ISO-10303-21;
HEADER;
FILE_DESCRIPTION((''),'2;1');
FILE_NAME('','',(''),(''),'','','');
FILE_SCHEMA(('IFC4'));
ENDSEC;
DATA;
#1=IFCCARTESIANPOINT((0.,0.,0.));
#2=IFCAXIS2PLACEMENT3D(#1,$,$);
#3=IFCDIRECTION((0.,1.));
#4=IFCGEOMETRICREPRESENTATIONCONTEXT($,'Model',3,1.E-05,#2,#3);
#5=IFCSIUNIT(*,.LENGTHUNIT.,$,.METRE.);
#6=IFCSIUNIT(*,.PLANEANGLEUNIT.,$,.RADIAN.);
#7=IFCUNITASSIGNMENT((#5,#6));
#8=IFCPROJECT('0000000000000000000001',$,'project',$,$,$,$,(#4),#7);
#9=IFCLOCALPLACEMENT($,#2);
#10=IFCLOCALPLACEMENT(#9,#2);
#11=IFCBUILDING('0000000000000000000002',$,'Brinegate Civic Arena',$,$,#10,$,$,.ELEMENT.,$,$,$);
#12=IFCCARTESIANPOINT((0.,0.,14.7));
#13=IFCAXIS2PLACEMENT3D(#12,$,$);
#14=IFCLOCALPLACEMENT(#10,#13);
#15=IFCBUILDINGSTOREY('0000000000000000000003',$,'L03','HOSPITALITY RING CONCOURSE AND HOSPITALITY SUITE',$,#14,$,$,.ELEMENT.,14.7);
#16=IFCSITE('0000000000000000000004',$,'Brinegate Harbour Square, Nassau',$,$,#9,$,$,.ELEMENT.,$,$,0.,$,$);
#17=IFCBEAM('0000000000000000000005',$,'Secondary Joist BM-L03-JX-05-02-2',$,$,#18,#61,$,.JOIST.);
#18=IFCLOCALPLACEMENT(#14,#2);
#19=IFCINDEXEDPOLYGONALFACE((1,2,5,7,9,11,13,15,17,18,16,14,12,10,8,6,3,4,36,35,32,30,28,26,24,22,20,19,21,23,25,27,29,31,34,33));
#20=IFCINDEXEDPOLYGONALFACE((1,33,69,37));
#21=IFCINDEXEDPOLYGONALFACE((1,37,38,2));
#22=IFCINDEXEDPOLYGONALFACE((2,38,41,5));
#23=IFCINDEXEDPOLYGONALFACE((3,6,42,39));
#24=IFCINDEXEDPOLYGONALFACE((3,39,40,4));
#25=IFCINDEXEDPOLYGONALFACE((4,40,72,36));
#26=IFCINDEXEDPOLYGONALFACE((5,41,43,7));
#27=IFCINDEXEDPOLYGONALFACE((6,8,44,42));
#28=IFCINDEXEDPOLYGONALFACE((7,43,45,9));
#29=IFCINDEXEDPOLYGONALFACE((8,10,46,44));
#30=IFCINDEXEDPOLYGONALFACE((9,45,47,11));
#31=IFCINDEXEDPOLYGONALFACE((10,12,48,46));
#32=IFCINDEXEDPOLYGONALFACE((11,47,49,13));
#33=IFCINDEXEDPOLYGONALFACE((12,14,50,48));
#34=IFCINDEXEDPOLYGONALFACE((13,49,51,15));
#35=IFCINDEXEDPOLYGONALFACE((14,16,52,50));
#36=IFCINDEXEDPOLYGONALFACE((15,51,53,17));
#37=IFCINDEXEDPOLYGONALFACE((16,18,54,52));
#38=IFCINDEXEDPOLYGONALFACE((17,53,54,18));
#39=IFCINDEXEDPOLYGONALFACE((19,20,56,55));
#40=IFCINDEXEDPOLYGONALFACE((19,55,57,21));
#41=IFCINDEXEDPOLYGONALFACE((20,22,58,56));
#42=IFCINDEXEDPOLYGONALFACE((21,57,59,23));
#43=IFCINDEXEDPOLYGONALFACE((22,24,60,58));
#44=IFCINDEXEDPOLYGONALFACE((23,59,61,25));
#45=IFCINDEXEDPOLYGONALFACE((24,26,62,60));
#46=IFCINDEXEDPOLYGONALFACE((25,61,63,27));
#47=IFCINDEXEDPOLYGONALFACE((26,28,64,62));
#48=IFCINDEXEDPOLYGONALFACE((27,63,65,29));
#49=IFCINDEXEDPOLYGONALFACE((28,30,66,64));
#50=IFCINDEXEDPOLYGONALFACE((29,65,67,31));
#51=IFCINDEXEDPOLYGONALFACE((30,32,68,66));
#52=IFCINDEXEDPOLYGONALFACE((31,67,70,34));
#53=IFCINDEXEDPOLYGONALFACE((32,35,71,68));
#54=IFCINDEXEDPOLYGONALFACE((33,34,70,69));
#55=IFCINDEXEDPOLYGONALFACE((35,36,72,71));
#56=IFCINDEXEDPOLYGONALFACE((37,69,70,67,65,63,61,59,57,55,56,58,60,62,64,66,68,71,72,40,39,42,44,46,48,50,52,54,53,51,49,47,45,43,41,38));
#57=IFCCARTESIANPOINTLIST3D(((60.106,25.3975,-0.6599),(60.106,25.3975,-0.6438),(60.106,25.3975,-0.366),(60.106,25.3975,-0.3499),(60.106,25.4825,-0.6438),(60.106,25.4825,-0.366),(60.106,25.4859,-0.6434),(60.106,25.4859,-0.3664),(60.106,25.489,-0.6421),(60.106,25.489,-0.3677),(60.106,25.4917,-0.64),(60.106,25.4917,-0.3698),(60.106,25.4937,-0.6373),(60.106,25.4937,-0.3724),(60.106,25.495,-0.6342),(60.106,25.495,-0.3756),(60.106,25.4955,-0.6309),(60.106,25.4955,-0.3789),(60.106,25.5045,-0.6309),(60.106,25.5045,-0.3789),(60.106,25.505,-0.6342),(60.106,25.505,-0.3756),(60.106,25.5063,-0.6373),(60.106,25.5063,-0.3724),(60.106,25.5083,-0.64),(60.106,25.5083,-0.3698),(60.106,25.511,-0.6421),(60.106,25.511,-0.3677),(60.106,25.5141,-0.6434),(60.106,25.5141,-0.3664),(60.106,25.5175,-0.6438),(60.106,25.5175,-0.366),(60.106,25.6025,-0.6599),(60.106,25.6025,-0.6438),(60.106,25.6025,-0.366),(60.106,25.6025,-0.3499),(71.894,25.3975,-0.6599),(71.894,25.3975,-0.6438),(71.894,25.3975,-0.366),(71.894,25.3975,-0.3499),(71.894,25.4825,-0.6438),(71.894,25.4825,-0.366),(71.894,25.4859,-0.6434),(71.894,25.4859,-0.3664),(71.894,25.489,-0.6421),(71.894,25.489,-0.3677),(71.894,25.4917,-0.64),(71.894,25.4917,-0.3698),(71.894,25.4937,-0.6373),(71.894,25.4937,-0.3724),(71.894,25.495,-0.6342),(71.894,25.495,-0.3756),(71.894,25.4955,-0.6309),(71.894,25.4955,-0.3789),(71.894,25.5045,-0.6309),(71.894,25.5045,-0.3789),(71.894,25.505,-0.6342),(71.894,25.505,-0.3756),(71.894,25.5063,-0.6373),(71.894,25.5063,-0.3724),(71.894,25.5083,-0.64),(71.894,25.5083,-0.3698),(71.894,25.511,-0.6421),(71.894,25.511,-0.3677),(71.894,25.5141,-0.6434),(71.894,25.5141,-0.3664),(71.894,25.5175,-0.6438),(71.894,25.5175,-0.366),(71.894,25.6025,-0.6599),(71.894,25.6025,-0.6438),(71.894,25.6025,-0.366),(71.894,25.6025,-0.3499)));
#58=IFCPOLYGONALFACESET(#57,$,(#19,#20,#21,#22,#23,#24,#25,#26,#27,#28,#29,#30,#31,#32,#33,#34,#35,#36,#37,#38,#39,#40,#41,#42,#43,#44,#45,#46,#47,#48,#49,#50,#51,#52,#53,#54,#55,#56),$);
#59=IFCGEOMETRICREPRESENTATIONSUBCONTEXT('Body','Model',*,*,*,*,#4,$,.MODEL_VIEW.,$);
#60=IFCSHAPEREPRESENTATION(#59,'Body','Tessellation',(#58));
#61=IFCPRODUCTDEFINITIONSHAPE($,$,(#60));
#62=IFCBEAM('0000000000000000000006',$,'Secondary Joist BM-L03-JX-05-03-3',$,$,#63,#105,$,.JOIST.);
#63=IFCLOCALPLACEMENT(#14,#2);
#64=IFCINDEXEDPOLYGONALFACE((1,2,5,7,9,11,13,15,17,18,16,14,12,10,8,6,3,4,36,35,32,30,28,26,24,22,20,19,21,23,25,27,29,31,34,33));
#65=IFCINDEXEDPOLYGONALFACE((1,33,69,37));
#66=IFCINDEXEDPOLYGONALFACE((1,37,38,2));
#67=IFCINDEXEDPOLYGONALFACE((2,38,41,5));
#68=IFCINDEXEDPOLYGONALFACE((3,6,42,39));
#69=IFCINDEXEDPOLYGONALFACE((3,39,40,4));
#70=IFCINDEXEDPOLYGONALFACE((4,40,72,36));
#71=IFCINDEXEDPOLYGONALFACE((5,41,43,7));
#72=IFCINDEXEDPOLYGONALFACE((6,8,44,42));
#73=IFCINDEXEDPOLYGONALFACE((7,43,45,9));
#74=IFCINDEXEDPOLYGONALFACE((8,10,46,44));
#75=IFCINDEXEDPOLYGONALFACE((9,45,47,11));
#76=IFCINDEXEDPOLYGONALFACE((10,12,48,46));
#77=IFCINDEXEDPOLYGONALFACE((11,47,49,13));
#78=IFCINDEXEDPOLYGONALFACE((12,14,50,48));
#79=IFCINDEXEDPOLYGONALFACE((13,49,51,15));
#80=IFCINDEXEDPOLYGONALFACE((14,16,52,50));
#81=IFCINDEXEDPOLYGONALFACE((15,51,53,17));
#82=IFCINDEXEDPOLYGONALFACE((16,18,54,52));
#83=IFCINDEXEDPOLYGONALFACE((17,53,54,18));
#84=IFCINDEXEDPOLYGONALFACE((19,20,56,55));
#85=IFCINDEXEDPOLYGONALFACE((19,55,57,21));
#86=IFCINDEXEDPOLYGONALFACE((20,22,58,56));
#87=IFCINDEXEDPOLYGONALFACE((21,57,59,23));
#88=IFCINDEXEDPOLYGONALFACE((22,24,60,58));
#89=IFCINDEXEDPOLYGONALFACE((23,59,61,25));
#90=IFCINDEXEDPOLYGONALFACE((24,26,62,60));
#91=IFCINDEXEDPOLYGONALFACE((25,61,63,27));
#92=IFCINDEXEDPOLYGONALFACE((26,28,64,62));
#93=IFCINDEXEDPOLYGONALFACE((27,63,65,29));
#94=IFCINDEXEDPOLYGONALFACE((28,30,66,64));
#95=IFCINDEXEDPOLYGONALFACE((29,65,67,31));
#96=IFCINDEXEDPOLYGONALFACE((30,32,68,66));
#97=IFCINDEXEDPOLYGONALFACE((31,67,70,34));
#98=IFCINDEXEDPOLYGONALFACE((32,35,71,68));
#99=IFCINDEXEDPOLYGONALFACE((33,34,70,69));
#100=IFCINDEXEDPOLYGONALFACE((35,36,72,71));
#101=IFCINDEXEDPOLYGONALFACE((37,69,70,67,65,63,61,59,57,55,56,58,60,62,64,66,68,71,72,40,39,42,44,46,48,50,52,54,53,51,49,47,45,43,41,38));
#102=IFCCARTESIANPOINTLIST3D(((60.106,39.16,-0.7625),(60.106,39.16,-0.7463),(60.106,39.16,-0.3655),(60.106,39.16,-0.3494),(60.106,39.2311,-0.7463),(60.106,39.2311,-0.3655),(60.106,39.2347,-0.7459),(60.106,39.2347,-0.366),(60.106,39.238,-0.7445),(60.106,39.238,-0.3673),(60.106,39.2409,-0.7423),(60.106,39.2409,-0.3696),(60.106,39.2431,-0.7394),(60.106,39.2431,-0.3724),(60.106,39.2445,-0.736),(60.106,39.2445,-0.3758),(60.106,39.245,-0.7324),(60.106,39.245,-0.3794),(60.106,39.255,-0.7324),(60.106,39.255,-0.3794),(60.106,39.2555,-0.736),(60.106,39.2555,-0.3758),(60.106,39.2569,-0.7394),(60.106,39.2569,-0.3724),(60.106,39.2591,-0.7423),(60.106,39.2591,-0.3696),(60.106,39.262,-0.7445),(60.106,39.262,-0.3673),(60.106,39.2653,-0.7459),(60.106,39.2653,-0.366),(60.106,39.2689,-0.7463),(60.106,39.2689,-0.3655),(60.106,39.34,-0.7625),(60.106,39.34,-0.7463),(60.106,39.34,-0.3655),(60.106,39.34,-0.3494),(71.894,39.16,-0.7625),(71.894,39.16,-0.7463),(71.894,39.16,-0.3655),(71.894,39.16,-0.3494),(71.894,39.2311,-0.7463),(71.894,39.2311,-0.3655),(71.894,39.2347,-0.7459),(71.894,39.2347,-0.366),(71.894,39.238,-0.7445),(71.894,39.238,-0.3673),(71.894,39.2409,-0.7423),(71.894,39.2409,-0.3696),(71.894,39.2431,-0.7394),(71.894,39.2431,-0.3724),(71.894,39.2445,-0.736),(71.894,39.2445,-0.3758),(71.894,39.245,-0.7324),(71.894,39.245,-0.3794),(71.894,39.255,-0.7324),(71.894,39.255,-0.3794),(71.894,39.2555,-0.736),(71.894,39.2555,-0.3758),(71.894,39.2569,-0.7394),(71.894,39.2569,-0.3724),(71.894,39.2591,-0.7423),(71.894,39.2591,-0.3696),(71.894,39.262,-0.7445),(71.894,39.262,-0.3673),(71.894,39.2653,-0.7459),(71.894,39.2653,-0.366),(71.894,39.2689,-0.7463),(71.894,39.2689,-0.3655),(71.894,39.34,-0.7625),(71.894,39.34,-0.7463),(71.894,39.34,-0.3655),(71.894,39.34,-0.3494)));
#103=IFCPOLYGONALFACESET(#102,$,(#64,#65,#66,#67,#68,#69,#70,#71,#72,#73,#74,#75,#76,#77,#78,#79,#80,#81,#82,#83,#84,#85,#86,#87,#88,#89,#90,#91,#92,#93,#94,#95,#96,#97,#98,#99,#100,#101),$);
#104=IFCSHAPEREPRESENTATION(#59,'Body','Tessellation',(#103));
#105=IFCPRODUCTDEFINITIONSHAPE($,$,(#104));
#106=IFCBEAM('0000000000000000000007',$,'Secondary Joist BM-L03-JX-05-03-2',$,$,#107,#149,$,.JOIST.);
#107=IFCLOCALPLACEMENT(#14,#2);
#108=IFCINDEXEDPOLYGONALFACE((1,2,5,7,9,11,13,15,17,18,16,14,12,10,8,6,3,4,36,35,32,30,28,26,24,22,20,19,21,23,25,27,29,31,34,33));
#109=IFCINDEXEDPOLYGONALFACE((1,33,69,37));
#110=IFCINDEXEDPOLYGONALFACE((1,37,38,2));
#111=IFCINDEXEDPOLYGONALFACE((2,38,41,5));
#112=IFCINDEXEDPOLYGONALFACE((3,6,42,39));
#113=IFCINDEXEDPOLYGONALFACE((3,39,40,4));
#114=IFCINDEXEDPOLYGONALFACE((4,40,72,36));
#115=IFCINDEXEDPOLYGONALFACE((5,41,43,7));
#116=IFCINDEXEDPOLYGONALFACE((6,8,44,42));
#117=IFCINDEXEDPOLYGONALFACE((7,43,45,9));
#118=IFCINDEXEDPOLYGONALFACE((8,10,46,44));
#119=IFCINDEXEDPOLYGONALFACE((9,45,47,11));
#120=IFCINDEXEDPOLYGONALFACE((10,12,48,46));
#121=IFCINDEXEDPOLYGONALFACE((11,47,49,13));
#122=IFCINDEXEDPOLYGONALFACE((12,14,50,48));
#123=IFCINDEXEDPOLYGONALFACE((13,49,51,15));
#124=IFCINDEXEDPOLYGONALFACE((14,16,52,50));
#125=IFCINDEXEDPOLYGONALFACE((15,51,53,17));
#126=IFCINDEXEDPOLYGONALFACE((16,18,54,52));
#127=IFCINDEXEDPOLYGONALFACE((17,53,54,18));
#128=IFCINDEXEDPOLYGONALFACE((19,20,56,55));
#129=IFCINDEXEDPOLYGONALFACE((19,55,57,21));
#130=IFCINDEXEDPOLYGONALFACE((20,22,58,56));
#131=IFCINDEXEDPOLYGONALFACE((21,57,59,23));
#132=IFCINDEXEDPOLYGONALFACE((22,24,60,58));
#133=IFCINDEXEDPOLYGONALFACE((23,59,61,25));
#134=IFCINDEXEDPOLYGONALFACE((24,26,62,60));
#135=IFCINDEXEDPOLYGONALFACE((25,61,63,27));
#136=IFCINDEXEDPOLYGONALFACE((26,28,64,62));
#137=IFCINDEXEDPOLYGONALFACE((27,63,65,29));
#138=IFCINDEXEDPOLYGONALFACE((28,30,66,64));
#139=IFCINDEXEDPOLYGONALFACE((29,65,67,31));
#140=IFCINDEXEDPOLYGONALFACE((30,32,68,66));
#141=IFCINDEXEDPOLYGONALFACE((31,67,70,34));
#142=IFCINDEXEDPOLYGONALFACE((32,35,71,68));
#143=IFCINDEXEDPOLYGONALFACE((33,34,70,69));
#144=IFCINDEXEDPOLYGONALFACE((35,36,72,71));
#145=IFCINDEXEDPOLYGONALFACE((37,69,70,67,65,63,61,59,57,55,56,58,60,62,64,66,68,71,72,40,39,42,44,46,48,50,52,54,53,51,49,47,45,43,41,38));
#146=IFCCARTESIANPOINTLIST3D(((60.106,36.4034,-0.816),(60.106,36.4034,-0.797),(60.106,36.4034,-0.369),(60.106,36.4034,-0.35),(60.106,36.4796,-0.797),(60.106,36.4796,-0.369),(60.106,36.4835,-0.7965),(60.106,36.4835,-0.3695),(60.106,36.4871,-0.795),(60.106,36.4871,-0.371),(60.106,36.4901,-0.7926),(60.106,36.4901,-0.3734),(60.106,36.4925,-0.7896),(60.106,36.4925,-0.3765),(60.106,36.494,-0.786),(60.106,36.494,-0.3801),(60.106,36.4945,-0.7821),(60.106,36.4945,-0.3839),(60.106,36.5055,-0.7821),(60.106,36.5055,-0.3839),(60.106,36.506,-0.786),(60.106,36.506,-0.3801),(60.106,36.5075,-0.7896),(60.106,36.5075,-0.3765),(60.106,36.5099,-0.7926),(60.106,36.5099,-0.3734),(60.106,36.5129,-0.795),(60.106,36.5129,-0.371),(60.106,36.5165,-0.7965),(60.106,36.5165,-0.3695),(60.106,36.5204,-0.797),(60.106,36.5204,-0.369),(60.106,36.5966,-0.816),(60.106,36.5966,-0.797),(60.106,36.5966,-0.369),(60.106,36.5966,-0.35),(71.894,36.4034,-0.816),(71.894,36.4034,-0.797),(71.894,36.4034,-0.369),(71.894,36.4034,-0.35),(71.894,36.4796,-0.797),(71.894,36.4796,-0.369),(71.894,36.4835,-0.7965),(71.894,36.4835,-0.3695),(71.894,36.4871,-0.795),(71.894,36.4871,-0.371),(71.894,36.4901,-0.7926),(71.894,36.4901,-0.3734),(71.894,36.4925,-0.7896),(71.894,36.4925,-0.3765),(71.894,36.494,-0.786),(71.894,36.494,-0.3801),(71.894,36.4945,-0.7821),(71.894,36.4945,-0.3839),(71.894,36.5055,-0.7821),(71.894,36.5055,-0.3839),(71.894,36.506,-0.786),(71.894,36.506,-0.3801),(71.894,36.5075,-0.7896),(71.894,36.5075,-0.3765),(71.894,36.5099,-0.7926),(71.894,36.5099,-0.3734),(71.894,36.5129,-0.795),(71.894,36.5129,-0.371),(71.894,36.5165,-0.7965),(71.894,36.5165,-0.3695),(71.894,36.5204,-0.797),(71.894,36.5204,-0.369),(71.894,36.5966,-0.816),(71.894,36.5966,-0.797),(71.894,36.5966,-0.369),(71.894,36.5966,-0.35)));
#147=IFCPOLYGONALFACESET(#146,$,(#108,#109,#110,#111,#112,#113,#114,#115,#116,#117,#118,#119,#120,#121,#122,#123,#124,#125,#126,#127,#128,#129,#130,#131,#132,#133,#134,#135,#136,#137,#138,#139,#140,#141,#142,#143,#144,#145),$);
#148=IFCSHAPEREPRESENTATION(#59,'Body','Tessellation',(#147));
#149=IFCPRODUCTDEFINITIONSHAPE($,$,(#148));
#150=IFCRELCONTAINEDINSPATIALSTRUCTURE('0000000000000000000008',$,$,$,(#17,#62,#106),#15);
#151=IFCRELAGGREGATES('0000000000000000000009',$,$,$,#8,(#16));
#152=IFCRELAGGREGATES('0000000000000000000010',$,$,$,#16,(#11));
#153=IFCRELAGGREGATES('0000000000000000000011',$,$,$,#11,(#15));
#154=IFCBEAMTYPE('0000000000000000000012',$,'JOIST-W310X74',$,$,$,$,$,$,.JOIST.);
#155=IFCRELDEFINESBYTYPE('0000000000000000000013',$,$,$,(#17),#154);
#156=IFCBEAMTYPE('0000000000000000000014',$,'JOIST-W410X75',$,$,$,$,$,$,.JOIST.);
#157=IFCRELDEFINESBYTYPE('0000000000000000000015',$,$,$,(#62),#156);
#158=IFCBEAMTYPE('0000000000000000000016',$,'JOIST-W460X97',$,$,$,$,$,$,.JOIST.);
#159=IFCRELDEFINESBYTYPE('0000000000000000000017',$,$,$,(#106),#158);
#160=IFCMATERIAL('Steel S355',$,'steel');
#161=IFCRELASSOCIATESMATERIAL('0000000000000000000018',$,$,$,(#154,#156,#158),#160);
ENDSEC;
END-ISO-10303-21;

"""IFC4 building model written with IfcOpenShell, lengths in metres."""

from ifc_helpers import new_model, si_unit, direction, frame, origin, origin_2d, place, context, subcontext, project, spatial, i_section, extrude, material, material_profile, profile_set, type_object, element, save


model = new_model("IFC4")

# Units and contexts
model_context = context("Model", 3, precision=1e-05, world=origin(), true_north=direction((0.0, 1.0)))
body_context = subcontext(model_context, "Body", "Model", "MODEL_VIEW")
ifc_project = project(units=[si_unit("LENGTHUNIT", "METRE"), si_unit("PLANEANGLEUNIT", "RADIAN")], contexts=[model_context])

# Site, building, storey
site_placement = place(None, origin())
site = spatial("IfcSite", under=ifc_project, at=site_placement, Name="Brinegate Harbour Square, Nassau", CompositionType="ELEMENT", RefElevation=0.0)
building_placement = place(site_placement, origin())
building = spatial("IfcBuilding", under=site, at=building_placement, Name="Brinegate Civic Arena", CompositionType="ELEMENT")
storey_placement = place(building_placement, frame((0.0, 0.0, 14.7)))
storey = spatial("IfcBuildingStorey", under=building, at=storey_placement, Name="L03", Description="HOSPITALITY RING CONCOURSE AND HOSPITALITY SUITE", CompositionType="ELEMENT", Elevation=14.7)

# Beams
ifc_material_1 = material(Name="Steel S355", Category="steel")
ifc_material_profile_1 = material_profile(ifc_material_1, i_section(OverallWidth=0.2051, OverallDepth=0.3101, WebThickness=0.009, FlangeThickness=0.0161, FilletRadius=0.0129, at=origin_2d()), Name="W310X74")
ifc_profile_set_1 = profile_set([ifc_material_profile_1], Name="Steel S355")
beam_type_1 = type_object("IfcBeamType", Name="JOIST-W310X74", PredefinedType="JOIST", material=ifc_profile_set_1)
beam_1_placement = place(storey_placement, frame((60.106, 25.5, -0.5049), z_axis=(1.0, 0.0, 0.0), x_axis=(0.0, 1.0, 0.0)))
element("IfcBeam", 1, at=beam_1_placement, inside=storey, type_object=beam_type_1, Name="Secondary Joist BM-L03-JX-05-02-2", PredefinedType="JOIST", context=body_context, shape_type="SweptSolid", body=[
    extrude(i_section(OverallWidth=0.2051, OverallDepth=0.3101, WebThickness=0.009, FlangeThickness=0.0161, FilletRadius=0.0129, at=origin_2d()), origin(), (0.0, 0.0, 1.0), 11.7881),
])
ifc_material_profile_2 = material_profile(ifc_material_1, i_section(OverallWidth=0.1799, OverallDepth=0.4131, WebThickness=0.01, FlangeThickness=0.0161, FilletRadius=0.0139, at=origin_2d()), Name="W410X75")
ifc_profile_set_2 = profile_set([ifc_material_profile_2], Name="Steel S355")
beam_type_2 = type_object("IfcBeamType", Name="JOIST-W410X75", PredefinedType="JOIST", material=ifc_profile_set_2)
beam_2_placement = place(storey_placement, frame((60.106, 39.25, -0.5559), z_axis=(1.0, 0.0, 0.0), x_axis=(0.0, 1.0, 0.0)))
element("IfcBeam", 2, at=beam_2_placement, inside=storey, type_object=beam_type_2, Name="Secondary Joist BM-L03-JX-05-03-3", PredefinedType="JOIST", context=body_context, shape_type="SweptSolid", body=[
    extrude(i_section(OverallWidth=0.1799, OverallDepth=0.4131, WebThickness=0.01, FlangeThickness=0.0161, FilletRadius=0.0139, at=origin_2d()), origin(), (0.0, 0.0, 1.0), 11.7881),
])
ifc_material_profile_3 = material_profile(ifc_material_1, i_section(OverallWidth=0.1931, OverallDepth=0.4661, WebThickness=0.011, FlangeThickness=0.019, FilletRadius=0.0149, at=origin_2d()), Name="W460X97")
ifc_profile_set_3 = profile_set([ifc_material_profile_3], Name="Steel S355")
beam_type_3 = type_object("IfcBeamType", Name="JOIST-W460X97", PredefinedType="JOIST", material=ifc_profile_set_3)
beam_3_placement = place(storey_placement, frame((60.106, 36.5, -0.583), z_axis=(1.0, 0.0, 0.0), x_axis=(0.0, 1.0, 0.0)))
element("IfcBeam", 3, at=beam_3_placement, inside=storey, type_object=beam_type_3, Name="Secondary Joist BM-L03-JX-05-03-2", PredefinedType="JOIST", context=body_context, shape_type="SweptSolid", body=[
    extrude(i_section(OverallWidth=0.1931, OverallDepth=0.4661, WebThickness=0.011, FlangeThickness=0.019, FilletRadius=0.0149, at=origin_2d()), origin(), (0.0, 0.0, 1.0), 11.7881),
])

save(model, "model.ifc")
